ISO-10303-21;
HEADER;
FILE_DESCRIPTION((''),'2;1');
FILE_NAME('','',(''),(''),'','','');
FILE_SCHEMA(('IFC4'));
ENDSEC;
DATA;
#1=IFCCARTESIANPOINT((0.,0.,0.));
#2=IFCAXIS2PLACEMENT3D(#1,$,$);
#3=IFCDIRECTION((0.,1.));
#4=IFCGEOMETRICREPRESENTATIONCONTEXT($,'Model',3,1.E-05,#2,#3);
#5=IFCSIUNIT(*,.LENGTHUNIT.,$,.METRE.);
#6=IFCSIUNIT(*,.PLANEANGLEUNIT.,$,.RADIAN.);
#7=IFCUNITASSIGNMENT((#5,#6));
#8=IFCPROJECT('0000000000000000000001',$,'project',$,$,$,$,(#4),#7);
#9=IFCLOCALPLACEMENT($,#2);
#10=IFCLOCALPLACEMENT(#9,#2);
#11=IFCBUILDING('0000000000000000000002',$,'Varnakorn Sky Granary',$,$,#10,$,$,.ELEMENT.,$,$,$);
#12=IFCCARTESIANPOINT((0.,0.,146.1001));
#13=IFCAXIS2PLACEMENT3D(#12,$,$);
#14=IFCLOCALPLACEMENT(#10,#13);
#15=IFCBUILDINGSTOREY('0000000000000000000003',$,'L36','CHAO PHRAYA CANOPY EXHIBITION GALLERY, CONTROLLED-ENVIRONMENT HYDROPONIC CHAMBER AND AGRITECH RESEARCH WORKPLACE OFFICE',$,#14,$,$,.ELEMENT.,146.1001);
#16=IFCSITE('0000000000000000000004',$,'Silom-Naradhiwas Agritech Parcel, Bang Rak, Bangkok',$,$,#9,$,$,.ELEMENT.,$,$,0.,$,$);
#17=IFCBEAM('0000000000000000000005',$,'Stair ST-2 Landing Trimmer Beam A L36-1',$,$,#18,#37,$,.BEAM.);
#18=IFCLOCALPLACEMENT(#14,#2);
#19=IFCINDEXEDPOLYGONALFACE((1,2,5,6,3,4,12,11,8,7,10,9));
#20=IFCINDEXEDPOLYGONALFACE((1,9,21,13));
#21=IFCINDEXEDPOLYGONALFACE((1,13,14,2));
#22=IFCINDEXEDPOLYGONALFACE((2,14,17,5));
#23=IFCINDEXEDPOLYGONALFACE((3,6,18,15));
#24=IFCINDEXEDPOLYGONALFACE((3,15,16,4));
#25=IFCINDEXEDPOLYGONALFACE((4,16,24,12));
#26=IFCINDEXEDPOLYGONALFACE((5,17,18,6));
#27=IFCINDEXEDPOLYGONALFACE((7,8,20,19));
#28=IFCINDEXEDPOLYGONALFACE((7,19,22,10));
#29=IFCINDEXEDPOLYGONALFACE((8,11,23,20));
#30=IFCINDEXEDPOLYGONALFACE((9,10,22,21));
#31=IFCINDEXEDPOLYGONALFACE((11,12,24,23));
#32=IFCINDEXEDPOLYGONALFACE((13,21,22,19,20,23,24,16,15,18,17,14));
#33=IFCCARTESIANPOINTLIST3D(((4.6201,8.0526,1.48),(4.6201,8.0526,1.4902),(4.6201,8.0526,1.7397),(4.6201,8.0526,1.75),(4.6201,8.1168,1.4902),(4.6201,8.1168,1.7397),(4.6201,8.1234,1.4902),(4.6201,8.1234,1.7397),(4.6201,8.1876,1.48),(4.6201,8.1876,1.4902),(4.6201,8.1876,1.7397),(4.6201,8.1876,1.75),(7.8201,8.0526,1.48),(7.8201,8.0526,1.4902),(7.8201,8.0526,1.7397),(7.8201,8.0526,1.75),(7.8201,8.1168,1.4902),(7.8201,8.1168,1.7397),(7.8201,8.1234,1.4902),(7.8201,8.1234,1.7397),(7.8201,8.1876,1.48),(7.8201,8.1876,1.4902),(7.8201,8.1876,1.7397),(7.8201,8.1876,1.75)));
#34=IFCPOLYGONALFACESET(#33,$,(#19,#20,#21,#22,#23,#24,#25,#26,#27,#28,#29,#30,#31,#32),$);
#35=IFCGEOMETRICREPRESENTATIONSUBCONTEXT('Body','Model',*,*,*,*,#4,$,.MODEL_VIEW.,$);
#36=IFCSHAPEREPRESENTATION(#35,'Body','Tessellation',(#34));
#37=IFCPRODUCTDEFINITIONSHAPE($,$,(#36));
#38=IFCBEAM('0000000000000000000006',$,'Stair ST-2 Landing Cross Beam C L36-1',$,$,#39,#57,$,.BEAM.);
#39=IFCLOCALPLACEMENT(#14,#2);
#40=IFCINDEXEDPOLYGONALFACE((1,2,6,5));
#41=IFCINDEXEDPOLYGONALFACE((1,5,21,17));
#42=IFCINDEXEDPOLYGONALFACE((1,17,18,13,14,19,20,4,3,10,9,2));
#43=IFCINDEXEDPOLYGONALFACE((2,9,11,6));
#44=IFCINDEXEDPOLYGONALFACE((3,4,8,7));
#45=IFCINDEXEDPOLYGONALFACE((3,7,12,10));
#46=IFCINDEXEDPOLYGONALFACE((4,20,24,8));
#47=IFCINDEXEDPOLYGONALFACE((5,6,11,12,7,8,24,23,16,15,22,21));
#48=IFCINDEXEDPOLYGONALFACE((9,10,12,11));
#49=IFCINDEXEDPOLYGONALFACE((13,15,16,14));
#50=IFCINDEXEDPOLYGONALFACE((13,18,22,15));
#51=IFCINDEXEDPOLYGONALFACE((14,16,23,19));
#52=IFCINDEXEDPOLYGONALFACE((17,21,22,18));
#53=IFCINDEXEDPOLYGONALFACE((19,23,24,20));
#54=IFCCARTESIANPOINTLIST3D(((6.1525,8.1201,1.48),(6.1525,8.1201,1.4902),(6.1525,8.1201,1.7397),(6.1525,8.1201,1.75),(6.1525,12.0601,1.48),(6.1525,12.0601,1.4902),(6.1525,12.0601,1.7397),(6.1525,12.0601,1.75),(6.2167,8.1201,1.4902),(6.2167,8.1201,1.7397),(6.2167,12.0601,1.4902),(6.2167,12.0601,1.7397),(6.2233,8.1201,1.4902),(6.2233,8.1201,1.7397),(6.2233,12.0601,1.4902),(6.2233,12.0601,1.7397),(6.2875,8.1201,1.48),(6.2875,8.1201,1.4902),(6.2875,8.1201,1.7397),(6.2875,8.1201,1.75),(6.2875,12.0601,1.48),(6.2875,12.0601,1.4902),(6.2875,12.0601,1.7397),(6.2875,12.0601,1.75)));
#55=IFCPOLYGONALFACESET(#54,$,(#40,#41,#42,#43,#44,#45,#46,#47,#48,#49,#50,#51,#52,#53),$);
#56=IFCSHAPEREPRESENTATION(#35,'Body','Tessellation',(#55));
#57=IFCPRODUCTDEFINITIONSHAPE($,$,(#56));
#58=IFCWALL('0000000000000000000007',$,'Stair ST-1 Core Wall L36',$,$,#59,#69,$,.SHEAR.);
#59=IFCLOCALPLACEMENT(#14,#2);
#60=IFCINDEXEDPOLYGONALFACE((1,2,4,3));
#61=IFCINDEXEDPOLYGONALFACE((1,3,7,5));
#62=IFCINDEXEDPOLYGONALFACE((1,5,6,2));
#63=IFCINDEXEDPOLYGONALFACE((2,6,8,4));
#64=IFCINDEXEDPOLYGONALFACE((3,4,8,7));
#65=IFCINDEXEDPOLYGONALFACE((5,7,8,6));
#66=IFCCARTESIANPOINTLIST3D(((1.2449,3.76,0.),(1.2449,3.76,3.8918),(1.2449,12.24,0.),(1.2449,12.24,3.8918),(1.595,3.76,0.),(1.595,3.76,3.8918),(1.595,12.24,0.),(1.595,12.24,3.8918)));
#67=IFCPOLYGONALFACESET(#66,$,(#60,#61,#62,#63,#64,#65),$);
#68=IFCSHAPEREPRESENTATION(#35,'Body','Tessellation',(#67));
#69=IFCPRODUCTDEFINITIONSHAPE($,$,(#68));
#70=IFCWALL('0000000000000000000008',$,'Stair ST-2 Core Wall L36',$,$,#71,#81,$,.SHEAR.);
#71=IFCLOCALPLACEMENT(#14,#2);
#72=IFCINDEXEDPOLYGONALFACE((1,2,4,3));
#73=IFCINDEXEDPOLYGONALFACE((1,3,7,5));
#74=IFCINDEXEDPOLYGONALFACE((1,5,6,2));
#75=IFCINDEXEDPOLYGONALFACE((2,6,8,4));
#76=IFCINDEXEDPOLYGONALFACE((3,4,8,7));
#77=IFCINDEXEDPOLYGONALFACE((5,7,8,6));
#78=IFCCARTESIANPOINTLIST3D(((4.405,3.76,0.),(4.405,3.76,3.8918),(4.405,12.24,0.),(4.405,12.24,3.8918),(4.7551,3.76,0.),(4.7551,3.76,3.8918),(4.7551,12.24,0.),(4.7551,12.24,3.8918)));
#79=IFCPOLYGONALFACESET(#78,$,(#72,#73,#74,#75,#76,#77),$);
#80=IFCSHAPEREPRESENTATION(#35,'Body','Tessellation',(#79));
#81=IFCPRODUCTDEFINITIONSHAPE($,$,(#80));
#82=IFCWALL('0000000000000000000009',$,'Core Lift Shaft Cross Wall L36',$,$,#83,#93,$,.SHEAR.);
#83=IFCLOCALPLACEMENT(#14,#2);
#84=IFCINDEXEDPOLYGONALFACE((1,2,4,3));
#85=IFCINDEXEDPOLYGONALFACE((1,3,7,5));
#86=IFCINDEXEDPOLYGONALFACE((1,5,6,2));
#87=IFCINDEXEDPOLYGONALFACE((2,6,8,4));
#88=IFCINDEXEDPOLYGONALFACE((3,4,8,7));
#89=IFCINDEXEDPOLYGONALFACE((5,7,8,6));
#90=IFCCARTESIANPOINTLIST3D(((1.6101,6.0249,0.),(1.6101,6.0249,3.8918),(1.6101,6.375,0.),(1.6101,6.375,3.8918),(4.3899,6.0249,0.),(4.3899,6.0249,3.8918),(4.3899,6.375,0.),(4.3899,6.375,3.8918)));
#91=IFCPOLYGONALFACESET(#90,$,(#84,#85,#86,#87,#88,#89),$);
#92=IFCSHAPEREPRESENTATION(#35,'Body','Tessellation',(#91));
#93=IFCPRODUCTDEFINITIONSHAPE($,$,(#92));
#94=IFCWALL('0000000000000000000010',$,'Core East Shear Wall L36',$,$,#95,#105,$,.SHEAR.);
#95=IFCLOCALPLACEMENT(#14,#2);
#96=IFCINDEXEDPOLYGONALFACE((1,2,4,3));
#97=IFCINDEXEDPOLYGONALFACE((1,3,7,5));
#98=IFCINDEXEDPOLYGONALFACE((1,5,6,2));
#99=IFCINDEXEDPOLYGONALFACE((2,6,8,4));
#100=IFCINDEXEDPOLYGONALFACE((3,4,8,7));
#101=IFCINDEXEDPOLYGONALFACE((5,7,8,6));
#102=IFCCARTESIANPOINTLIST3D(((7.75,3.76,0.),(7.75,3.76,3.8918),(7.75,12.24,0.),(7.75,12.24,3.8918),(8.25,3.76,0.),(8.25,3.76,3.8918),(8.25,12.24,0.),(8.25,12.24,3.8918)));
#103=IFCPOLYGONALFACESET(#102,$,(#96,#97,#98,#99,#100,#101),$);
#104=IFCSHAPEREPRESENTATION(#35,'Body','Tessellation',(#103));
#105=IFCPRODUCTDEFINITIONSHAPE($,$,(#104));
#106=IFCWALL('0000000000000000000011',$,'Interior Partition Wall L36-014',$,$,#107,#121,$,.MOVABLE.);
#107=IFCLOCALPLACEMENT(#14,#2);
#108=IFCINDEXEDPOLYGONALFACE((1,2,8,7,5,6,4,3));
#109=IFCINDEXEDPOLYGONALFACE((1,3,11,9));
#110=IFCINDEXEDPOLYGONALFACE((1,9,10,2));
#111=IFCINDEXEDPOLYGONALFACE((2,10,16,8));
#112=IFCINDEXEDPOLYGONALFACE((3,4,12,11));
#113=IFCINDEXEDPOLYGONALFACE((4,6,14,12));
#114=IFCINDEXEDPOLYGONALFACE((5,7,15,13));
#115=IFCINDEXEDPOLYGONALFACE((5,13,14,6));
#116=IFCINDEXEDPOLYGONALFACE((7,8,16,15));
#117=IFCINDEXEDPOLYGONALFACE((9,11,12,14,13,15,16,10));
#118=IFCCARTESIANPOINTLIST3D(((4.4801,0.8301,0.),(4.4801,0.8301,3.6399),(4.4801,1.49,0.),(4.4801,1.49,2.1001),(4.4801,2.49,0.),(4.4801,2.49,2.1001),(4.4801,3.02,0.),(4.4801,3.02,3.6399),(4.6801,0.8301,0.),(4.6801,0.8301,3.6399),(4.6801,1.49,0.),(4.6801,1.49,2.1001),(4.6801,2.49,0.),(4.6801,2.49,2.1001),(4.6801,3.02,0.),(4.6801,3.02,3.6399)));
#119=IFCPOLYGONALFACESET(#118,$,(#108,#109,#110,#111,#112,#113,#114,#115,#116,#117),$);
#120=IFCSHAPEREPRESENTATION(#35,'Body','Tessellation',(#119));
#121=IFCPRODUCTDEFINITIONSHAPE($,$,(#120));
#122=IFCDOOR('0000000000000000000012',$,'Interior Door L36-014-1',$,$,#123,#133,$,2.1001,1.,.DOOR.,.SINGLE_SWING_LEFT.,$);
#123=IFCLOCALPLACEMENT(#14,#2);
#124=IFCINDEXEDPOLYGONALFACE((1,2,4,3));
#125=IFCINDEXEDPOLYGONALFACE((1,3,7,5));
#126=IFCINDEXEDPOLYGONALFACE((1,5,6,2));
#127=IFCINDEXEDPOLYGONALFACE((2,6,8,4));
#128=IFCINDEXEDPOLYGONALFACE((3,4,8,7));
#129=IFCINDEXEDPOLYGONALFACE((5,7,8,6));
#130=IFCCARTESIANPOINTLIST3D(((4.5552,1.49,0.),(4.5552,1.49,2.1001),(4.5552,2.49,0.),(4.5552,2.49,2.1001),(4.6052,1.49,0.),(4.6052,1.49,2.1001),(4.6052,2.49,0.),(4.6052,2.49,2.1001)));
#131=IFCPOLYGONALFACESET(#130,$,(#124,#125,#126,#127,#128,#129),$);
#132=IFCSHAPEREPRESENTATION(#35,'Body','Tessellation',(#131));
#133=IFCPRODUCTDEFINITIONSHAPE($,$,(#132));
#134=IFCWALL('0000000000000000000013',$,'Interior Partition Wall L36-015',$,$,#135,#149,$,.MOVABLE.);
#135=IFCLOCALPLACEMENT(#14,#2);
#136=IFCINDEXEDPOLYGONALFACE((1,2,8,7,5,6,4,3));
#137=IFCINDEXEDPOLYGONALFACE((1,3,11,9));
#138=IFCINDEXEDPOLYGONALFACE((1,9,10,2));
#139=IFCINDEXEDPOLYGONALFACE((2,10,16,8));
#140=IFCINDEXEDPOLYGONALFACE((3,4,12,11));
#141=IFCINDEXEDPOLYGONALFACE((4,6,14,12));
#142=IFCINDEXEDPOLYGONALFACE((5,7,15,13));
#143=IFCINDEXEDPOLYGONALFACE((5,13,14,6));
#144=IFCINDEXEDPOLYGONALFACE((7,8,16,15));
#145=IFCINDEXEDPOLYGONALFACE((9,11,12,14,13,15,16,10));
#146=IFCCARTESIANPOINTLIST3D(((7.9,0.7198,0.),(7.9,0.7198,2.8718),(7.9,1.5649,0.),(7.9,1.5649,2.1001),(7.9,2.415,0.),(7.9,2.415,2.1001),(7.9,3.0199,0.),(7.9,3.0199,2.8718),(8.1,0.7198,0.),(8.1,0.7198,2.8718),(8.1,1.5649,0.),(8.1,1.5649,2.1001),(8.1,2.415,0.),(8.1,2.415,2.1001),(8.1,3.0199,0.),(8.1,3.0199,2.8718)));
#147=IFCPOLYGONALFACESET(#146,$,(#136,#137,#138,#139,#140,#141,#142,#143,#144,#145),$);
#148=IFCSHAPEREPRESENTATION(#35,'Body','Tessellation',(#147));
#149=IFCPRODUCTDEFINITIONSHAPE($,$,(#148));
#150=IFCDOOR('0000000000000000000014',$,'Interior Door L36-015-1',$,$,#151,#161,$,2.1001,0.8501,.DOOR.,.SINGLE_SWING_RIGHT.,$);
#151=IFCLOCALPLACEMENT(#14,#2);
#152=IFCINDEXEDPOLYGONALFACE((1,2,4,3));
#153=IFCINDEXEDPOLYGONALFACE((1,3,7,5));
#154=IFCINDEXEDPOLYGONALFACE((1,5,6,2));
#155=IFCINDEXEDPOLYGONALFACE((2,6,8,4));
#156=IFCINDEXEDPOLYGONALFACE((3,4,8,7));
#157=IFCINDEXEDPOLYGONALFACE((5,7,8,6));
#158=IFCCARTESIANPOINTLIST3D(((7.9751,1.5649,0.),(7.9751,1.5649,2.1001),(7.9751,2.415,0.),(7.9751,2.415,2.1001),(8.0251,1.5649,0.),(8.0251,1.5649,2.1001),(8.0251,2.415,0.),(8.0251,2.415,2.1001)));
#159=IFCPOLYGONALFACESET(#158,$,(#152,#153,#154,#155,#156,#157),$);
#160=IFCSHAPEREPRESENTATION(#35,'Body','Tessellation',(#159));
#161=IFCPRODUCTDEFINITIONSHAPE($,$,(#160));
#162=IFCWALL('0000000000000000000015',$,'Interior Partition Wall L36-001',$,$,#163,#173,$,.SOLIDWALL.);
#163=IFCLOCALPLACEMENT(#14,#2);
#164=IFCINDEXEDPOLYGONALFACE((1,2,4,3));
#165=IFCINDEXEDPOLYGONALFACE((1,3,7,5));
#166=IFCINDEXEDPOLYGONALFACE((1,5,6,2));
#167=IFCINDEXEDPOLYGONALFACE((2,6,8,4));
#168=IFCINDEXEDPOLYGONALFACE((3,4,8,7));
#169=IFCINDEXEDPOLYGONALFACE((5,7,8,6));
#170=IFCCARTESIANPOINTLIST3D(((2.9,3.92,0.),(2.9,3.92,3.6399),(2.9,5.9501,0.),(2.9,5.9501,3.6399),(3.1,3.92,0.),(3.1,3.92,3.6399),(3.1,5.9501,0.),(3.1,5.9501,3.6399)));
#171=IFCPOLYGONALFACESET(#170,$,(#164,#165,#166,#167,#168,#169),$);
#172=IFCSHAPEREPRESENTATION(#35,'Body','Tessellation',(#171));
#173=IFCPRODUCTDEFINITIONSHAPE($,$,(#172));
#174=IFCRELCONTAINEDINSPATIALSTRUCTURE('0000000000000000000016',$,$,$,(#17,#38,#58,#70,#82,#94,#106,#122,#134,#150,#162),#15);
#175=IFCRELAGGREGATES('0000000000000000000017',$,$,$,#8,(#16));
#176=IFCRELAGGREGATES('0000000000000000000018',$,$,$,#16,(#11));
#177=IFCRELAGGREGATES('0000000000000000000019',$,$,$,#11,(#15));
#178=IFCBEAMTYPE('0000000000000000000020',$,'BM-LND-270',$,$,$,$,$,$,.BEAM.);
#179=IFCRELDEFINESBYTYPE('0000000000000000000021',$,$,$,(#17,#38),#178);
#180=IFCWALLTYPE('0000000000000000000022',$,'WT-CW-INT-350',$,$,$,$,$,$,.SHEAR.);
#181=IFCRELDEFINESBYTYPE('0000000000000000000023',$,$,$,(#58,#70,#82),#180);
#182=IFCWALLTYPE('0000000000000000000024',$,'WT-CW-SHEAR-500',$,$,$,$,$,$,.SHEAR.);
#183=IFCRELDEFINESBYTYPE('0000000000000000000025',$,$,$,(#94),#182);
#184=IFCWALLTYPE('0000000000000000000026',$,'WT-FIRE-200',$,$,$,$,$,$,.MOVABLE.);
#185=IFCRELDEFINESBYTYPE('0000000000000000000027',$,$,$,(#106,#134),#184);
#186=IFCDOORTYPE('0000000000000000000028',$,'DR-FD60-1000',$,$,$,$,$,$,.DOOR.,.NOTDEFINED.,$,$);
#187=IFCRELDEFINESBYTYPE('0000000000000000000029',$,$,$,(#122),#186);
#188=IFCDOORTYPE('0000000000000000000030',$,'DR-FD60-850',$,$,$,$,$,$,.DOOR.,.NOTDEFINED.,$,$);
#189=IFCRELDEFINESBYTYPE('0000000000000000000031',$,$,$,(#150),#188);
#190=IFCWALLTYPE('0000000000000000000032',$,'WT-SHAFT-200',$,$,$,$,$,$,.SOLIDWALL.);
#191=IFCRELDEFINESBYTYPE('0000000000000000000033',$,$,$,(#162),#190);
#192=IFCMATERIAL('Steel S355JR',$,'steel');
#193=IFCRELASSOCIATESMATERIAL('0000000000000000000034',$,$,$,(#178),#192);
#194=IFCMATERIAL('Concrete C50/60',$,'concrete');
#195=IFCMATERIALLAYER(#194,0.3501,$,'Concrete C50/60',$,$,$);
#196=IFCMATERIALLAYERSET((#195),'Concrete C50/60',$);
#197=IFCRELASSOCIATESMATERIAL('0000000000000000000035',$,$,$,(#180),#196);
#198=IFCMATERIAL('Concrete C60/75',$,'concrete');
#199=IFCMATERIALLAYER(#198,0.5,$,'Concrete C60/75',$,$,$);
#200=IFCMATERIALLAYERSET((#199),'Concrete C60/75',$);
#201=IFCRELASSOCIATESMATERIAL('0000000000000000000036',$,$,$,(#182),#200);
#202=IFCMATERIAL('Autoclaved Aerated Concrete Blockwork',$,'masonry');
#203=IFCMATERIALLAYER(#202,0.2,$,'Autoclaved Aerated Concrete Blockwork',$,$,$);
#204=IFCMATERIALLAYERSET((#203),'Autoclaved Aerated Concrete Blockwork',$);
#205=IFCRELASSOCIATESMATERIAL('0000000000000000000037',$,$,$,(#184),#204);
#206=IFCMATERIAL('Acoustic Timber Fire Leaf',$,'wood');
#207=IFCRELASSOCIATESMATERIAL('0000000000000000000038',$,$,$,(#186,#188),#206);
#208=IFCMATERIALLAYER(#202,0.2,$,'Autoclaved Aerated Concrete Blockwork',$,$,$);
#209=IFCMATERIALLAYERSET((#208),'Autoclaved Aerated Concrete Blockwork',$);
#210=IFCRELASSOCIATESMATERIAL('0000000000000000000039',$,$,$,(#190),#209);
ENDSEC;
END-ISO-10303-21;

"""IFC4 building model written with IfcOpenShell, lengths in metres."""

from ifc_helpers import new_model, si_unit, direction, frame, frame_2d, origin, origin_2d, place, context, subcontext, project, spatial, rectangle, i_section, extrude, material, layer, layer_set, material_profile, profile_set, type_object, element, fill, save


model = new_model("IFC4")

# Units and contexts
model_context = context("Model", 3, precision=1e-05, world=origin(), true_north=direction((0.0, 1.0)))
body_context = subcontext(model_context, "Body", "Model", "MODEL_VIEW")
ifc_project = project(units=[si_unit("LENGTHUNIT", "METRE"), si_unit("PLANEANGLEUNIT", "RADIAN")], contexts=[model_context])

# Site, building, storey
site_placement = place(None, origin())
site = spatial("IfcSite", under=ifc_project, at=site_placement, Name="Silom-Naradhiwas Agritech Parcel, Bang Rak, Bangkok", CompositionType="ELEMENT", RefElevation=0.0)
building_placement = place(site_placement, origin())
building = spatial("IfcBuilding", under=site, at=building_placement, Name="Varnakorn Sky Granary", CompositionType="ELEMENT")
storey_placement = place(building_placement, frame((0.0, 0.0, 146.1001)))
storey = spatial("IfcBuildingStorey", under=building, at=storey_placement, Name="L36", Description="CHAO PHRAYA CANOPY EXHIBITION GALLERY, CONTROLLED-ENVIRONMENT HYDROPONIC CHAMBER AND AGRITECH RESEARCH WORKPLACE OFFICE", CompositionType="ELEMENT", Elevation=146.1001)

# Beams
ifc_material_1 = material(Name="Steel S355JR", Category="steel")
ifc_material_profile = material_profile(ifc_material_1, i_section(OverallWidth=0.135, OverallDepth=0.27, WebThickness=0.0066, FlangeThickness=0.0103, at=origin_2d()), Name="IPE 270")
ifc_profile_set = profile_set([ifc_material_profile], Name="Steel S355JR")
beam_type = type_object("IfcBeamType", Name="BM-LND-270", PredefinedType="BEAM", material=ifc_profile_set)
beam_1_placement = place(storey_placement, frame((4.6201, 8.1201, 1.615), z_axis=(1.0, 0.0, 0.0), x_axis=(0.0, 1.0, 0.0)))
element("IfcBeam", 1, at=beam_1_placement, inside=storey, type_object=beam_type, Name="Stair ST-2 Landing Trimmer Beam A L36-1", PredefinedType="BEAM", context=body_context, shape_type="SweptSolid", body=[
    extrude(i_section(OverallWidth=0.135, OverallDepth=0.27, WebThickness=0.0066, FlangeThickness=0.0103, at=origin_2d()), origin(), (0.0, 0.0, 1.0), 3.2),
])
beam_2_placement = place(storey_placement, frame((6.22, 8.1201, 1.615), z_axis=(0.0, 1.0, 0.0), x_axis=(-1.0, 0.0, 0.0)))
element("IfcBeam", 2, at=beam_2_placement, inside=storey, type_object=beam_type, Name="Stair ST-2 Landing Cross Beam C L36-1", PredefinedType="BEAM", context=body_context, shape_type="SweptSolid", body=[
    extrude(i_section(OverallWidth=0.135, OverallDepth=0.27, WebThickness=0.0066, FlangeThickness=0.0103, at=origin_2d()), origin(), (0.0, 0.0, 1.0), 3.9399),
])

# Walls
ifc_material_2 = material(Name="Concrete C50/60", Category="concrete")
ifc_layer_1 = layer(ifc_material_2, 0.3501, Name="Concrete C50/60")
ifc_layer_set_1 = layer_set([ifc_layer_1], Name="Concrete C50/60")
wall_type_1 = type_object("IfcWallType", Name="WT-CW-INT-350", PredefinedType="SHEAR", material=ifc_layer_set_1)
for number, where, z_axis, x_axis, name in (
    (3, (1.4199, 3.76, 0.0), (0.0, 0.0, 1.0), (0.0, 1.0, 0.0), "Stair ST-1 Core Wall L36"),
    (4, (4.5801, 3.76, 0.0), (0.0, 0.0, 1.0), (0.0, 1.0, 0.0), "Stair ST-2 Core Wall L36"),
):
    element("IfcWall", number, at=place(storey_placement, frame(where, z_axis=z_axis, x_axis=x_axis)), inside=storey, type_object=wall_type_1, Name=name, PredefinedType="SHEAR", context=body_context, shape_type="SweptSolid", body=[
        extrude(rectangle(XDim=8.48, YDim=0.3501, at=frame_2d((4.24, 0.0))), origin(), (0.0, 0.0, 1.0), 3.8918),
    ])
wall_1_placement = place(storey_placement, frame((1.6101, 6.2, 0.0), z_axis=(0.0, 0.0, 1.0), x_axis=(1.0, 0.0, 0.0)))
element("IfcWall", 5, at=wall_1_placement, inside=storey, type_object=wall_type_1, Name="Core Lift Shaft Cross Wall L36", PredefinedType="SHEAR", context=body_context, shape_type="SweptSolid", body=[
    extrude(rectangle(XDim=2.7798, YDim=0.3501, at=frame_2d((1.3899, 0.0))), origin(), (0.0, 0.0, 1.0), 3.8918),
])
ifc_material_3 = material(Name="Concrete C60/75", Category="concrete")
ifc_layer_2 = layer(ifc_material_3, 0.5, Name="Concrete C60/75")
ifc_layer_set_2 = layer_set([ifc_layer_2], Name="Concrete C60/75")
wall_type_2 = type_object("IfcWallType", Name="WT-CW-SHEAR-500", PredefinedType="SHEAR", material=ifc_layer_set_2)
wall_2_placement = place(storey_placement, frame((8.0, 3.76, 0.0), z_axis=(0.0, 0.0, 1.0), x_axis=(0.0, 1.0, 0.0)))
element("IfcWall", 6, at=wall_2_placement, inside=storey, type_object=wall_type_2, Name="Core East Shear Wall L36", PredefinedType="SHEAR", context=body_context, shape_type="SweptSolid", body=[
    extrude(rectangle(XDim=8.48, YDim=0.5, at=frame_2d((4.24, 0.0))), origin(), (0.0, 0.0, 1.0), 3.8918),
])

# Walls, openings, doors
ifc_material_4 = material(Name="Autoclaved Aerated Concrete Blockwork", Category="masonry")
ifc_layer_3 = layer(ifc_material_4, 0.2, Name="Autoclaved Aerated Concrete Blockwork")
ifc_layer_set_3 = layer_set([ifc_layer_3], Name="Autoclaved Aerated Concrete Blockwork")
wall_type_3 = type_object("IfcWallType", Name="WT-FIRE-200", PredefinedType="MOVABLE", material=ifc_layer_set_3)
wall_3_placement = place(storey_placement, frame((4.5801, 0.8301, 0.0), z_axis=(0.0, 0.0, 1.0), x_axis=(0.0, 1.0, 0.0)))
wall_3 = element("IfcWall", 7, at=wall_3_placement, inside=storey, type_object=wall_type_3, Name="Interior Partition Wall L36-014", PredefinedType="MOVABLE", context=body_context, shape_type="SweptSolid", body=[
    extrude(rectangle(XDim=2.1899, YDim=0.2, at=frame_2d((1.095, 0.0))), origin(), (0.0, 0.0, 1.0), 3.6399),
])
opening_1_placement = place(wall_3_placement, frame((0.6599, 0.0, 0.0)))
opening_1 = element("IfcOpeningElement", 8, at=opening_1_placement, cuts=wall_3, PredefinedType="OPENING", context=body_context, shape_type="SweptSolid", body=[
    extrude(rectangle(XDim=1.0, YDim=2.1001, at=frame_2d((0.5, 1.05))), frame((0.0, 0.1099, 0.0), z_axis=(0.0, -1.0, 0.0), x_axis=(1.0, 0.0, 0.0)), (0.0, 0.0, 1.0), 0.22),
])
ifc_material_5 = material(Name="Acoustic Timber Fire Leaf", Category="wood")
door_type_1 = type_object("IfcDoorType", Name="DR-FD60-1000", OperationType="NOTDEFINED", PredefinedType="DOOR", material=ifc_material_5)
door_1_placement = place(opening_1_placement, origin())
door_1 = element("IfcDoor", 9, at=door_1_placement, inside=storey, type_object=door_type_1, Name="Interior Door L36-014-1", OperationType="SINGLE_SWING_LEFT", OverallHeight=2.1001, OverallWidth=1.0, PredefinedType="DOOR", context=body_context, shape_type="SweptSolid", body=[
    extrude(rectangle(XDim=1.0, YDim=2.1001, at=frame_2d((0.5, 1.05))), frame((0.0, 0.0249, 0.0), z_axis=(0.0, -1.0, 0.0), x_axis=(1.0, 0.0, 0.0)), (0.0, 0.0, 1.0), 0.05),
])
fill(opening_1, door_1)
wall_4_placement = place(storey_placement, frame((8.0, 0.72, 0.0), z_axis=(0.0, 0.0, 1.0), x_axis=(0.0, 1.0, 0.0)))
wall_4 = element("IfcWall", 10, at=wall_4_placement, inside=storey, type_object=wall_type_3, Name="Interior Partition Wall L36-015", PredefinedType="MOVABLE", context=body_context, shape_type="SweptSolid", body=[
    extrude(rectangle(XDim=2.3, YDim=0.2, at=frame_2d((1.1499, 0.0))), origin(), (0.0, 0.0, 1.0), 2.8718),
])
opening_2_placement = place(wall_4_placement, frame((0.845, 0.0, 0.0)))
opening_2 = element("IfcOpeningElement", 11, at=opening_2_placement, cuts=wall_4, PredefinedType="OPENING", context=body_context, shape_type="SweptSolid", body=[
    extrude(rectangle(XDim=0.8501, YDim=2.1001, at=frame_2d((0.425, 1.05))), frame((0.0, 0.1099, 0.0), z_axis=(0.0, -1.0, 0.0), x_axis=(1.0, 0.0, 0.0)), (0.0, 0.0, 1.0), 0.22),
])
door_type_2 = type_object("IfcDoorType", Name="DR-FD60-850", OperationType="NOTDEFINED", PredefinedType="DOOR", material=ifc_material_5)
door_2_placement = place(opening_2_placement, origin())
door_2 = element("IfcDoor", 12, at=door_2_placement, inside=storey, type_object=door_type_2, Name="Interior Door L36-015-1", OperationType="SINGLE_SWING_RIGHT", OverallHeight=2.1001, OverallWidth=0.8501, PredefinedType="DOOR", context=body_context, shape_type="SweptSolid", body=[
    extrude(rectangle(XDim=0.8501, YDim=2.1001, at=frame_2d((0.425, 1.05))), frame((0.0, 0.0249, 0.0), z_axis=(0.0, -1.0, 0.0), x_axis=(1.0, 0.0, 0.0)), (0.0, 0.0, 1.0), 0.05),
])
fill(opening_2, door_2)

# Wall
ifc_layer_4 = layer(ifc_material_4, 0.2, Name="Autoclaved Aerated Concrete Blockwork")
ifc_layer_set_4 = layer_set([ifc_layer_4], Name="Autoclaved Aerated Concrete Blockwork")
wall_type_4 = type_object("IfcWallType", Name="WT-SHAFT-200", PredefinedType="SOLIDWALL", material=ifc_layer_set_4)
wall_5_placement = place(storey_placement, frame((3.0, 3.9199, 0.0), z_axis=(0.0, 0.0, 1.0), x_axis=(0.0, 1.0, 0.0)))
element("IfcWall", 13, at=wall_5_placement, inside=storey, type_object=wall_type_4, Name="Interior Partition Wall L36-001", PredefinedType="SOLIDWALL", context=body_context, shape_type="SweptSolid", body=[
    extrude(rectangle(XDim=2.03, YDim=0.2, at=frame_2d((1.0151, 0.0))), origin(), (0.0, 0.0, 1.0), 3.6399),
])

save(model, "model.ifc")
